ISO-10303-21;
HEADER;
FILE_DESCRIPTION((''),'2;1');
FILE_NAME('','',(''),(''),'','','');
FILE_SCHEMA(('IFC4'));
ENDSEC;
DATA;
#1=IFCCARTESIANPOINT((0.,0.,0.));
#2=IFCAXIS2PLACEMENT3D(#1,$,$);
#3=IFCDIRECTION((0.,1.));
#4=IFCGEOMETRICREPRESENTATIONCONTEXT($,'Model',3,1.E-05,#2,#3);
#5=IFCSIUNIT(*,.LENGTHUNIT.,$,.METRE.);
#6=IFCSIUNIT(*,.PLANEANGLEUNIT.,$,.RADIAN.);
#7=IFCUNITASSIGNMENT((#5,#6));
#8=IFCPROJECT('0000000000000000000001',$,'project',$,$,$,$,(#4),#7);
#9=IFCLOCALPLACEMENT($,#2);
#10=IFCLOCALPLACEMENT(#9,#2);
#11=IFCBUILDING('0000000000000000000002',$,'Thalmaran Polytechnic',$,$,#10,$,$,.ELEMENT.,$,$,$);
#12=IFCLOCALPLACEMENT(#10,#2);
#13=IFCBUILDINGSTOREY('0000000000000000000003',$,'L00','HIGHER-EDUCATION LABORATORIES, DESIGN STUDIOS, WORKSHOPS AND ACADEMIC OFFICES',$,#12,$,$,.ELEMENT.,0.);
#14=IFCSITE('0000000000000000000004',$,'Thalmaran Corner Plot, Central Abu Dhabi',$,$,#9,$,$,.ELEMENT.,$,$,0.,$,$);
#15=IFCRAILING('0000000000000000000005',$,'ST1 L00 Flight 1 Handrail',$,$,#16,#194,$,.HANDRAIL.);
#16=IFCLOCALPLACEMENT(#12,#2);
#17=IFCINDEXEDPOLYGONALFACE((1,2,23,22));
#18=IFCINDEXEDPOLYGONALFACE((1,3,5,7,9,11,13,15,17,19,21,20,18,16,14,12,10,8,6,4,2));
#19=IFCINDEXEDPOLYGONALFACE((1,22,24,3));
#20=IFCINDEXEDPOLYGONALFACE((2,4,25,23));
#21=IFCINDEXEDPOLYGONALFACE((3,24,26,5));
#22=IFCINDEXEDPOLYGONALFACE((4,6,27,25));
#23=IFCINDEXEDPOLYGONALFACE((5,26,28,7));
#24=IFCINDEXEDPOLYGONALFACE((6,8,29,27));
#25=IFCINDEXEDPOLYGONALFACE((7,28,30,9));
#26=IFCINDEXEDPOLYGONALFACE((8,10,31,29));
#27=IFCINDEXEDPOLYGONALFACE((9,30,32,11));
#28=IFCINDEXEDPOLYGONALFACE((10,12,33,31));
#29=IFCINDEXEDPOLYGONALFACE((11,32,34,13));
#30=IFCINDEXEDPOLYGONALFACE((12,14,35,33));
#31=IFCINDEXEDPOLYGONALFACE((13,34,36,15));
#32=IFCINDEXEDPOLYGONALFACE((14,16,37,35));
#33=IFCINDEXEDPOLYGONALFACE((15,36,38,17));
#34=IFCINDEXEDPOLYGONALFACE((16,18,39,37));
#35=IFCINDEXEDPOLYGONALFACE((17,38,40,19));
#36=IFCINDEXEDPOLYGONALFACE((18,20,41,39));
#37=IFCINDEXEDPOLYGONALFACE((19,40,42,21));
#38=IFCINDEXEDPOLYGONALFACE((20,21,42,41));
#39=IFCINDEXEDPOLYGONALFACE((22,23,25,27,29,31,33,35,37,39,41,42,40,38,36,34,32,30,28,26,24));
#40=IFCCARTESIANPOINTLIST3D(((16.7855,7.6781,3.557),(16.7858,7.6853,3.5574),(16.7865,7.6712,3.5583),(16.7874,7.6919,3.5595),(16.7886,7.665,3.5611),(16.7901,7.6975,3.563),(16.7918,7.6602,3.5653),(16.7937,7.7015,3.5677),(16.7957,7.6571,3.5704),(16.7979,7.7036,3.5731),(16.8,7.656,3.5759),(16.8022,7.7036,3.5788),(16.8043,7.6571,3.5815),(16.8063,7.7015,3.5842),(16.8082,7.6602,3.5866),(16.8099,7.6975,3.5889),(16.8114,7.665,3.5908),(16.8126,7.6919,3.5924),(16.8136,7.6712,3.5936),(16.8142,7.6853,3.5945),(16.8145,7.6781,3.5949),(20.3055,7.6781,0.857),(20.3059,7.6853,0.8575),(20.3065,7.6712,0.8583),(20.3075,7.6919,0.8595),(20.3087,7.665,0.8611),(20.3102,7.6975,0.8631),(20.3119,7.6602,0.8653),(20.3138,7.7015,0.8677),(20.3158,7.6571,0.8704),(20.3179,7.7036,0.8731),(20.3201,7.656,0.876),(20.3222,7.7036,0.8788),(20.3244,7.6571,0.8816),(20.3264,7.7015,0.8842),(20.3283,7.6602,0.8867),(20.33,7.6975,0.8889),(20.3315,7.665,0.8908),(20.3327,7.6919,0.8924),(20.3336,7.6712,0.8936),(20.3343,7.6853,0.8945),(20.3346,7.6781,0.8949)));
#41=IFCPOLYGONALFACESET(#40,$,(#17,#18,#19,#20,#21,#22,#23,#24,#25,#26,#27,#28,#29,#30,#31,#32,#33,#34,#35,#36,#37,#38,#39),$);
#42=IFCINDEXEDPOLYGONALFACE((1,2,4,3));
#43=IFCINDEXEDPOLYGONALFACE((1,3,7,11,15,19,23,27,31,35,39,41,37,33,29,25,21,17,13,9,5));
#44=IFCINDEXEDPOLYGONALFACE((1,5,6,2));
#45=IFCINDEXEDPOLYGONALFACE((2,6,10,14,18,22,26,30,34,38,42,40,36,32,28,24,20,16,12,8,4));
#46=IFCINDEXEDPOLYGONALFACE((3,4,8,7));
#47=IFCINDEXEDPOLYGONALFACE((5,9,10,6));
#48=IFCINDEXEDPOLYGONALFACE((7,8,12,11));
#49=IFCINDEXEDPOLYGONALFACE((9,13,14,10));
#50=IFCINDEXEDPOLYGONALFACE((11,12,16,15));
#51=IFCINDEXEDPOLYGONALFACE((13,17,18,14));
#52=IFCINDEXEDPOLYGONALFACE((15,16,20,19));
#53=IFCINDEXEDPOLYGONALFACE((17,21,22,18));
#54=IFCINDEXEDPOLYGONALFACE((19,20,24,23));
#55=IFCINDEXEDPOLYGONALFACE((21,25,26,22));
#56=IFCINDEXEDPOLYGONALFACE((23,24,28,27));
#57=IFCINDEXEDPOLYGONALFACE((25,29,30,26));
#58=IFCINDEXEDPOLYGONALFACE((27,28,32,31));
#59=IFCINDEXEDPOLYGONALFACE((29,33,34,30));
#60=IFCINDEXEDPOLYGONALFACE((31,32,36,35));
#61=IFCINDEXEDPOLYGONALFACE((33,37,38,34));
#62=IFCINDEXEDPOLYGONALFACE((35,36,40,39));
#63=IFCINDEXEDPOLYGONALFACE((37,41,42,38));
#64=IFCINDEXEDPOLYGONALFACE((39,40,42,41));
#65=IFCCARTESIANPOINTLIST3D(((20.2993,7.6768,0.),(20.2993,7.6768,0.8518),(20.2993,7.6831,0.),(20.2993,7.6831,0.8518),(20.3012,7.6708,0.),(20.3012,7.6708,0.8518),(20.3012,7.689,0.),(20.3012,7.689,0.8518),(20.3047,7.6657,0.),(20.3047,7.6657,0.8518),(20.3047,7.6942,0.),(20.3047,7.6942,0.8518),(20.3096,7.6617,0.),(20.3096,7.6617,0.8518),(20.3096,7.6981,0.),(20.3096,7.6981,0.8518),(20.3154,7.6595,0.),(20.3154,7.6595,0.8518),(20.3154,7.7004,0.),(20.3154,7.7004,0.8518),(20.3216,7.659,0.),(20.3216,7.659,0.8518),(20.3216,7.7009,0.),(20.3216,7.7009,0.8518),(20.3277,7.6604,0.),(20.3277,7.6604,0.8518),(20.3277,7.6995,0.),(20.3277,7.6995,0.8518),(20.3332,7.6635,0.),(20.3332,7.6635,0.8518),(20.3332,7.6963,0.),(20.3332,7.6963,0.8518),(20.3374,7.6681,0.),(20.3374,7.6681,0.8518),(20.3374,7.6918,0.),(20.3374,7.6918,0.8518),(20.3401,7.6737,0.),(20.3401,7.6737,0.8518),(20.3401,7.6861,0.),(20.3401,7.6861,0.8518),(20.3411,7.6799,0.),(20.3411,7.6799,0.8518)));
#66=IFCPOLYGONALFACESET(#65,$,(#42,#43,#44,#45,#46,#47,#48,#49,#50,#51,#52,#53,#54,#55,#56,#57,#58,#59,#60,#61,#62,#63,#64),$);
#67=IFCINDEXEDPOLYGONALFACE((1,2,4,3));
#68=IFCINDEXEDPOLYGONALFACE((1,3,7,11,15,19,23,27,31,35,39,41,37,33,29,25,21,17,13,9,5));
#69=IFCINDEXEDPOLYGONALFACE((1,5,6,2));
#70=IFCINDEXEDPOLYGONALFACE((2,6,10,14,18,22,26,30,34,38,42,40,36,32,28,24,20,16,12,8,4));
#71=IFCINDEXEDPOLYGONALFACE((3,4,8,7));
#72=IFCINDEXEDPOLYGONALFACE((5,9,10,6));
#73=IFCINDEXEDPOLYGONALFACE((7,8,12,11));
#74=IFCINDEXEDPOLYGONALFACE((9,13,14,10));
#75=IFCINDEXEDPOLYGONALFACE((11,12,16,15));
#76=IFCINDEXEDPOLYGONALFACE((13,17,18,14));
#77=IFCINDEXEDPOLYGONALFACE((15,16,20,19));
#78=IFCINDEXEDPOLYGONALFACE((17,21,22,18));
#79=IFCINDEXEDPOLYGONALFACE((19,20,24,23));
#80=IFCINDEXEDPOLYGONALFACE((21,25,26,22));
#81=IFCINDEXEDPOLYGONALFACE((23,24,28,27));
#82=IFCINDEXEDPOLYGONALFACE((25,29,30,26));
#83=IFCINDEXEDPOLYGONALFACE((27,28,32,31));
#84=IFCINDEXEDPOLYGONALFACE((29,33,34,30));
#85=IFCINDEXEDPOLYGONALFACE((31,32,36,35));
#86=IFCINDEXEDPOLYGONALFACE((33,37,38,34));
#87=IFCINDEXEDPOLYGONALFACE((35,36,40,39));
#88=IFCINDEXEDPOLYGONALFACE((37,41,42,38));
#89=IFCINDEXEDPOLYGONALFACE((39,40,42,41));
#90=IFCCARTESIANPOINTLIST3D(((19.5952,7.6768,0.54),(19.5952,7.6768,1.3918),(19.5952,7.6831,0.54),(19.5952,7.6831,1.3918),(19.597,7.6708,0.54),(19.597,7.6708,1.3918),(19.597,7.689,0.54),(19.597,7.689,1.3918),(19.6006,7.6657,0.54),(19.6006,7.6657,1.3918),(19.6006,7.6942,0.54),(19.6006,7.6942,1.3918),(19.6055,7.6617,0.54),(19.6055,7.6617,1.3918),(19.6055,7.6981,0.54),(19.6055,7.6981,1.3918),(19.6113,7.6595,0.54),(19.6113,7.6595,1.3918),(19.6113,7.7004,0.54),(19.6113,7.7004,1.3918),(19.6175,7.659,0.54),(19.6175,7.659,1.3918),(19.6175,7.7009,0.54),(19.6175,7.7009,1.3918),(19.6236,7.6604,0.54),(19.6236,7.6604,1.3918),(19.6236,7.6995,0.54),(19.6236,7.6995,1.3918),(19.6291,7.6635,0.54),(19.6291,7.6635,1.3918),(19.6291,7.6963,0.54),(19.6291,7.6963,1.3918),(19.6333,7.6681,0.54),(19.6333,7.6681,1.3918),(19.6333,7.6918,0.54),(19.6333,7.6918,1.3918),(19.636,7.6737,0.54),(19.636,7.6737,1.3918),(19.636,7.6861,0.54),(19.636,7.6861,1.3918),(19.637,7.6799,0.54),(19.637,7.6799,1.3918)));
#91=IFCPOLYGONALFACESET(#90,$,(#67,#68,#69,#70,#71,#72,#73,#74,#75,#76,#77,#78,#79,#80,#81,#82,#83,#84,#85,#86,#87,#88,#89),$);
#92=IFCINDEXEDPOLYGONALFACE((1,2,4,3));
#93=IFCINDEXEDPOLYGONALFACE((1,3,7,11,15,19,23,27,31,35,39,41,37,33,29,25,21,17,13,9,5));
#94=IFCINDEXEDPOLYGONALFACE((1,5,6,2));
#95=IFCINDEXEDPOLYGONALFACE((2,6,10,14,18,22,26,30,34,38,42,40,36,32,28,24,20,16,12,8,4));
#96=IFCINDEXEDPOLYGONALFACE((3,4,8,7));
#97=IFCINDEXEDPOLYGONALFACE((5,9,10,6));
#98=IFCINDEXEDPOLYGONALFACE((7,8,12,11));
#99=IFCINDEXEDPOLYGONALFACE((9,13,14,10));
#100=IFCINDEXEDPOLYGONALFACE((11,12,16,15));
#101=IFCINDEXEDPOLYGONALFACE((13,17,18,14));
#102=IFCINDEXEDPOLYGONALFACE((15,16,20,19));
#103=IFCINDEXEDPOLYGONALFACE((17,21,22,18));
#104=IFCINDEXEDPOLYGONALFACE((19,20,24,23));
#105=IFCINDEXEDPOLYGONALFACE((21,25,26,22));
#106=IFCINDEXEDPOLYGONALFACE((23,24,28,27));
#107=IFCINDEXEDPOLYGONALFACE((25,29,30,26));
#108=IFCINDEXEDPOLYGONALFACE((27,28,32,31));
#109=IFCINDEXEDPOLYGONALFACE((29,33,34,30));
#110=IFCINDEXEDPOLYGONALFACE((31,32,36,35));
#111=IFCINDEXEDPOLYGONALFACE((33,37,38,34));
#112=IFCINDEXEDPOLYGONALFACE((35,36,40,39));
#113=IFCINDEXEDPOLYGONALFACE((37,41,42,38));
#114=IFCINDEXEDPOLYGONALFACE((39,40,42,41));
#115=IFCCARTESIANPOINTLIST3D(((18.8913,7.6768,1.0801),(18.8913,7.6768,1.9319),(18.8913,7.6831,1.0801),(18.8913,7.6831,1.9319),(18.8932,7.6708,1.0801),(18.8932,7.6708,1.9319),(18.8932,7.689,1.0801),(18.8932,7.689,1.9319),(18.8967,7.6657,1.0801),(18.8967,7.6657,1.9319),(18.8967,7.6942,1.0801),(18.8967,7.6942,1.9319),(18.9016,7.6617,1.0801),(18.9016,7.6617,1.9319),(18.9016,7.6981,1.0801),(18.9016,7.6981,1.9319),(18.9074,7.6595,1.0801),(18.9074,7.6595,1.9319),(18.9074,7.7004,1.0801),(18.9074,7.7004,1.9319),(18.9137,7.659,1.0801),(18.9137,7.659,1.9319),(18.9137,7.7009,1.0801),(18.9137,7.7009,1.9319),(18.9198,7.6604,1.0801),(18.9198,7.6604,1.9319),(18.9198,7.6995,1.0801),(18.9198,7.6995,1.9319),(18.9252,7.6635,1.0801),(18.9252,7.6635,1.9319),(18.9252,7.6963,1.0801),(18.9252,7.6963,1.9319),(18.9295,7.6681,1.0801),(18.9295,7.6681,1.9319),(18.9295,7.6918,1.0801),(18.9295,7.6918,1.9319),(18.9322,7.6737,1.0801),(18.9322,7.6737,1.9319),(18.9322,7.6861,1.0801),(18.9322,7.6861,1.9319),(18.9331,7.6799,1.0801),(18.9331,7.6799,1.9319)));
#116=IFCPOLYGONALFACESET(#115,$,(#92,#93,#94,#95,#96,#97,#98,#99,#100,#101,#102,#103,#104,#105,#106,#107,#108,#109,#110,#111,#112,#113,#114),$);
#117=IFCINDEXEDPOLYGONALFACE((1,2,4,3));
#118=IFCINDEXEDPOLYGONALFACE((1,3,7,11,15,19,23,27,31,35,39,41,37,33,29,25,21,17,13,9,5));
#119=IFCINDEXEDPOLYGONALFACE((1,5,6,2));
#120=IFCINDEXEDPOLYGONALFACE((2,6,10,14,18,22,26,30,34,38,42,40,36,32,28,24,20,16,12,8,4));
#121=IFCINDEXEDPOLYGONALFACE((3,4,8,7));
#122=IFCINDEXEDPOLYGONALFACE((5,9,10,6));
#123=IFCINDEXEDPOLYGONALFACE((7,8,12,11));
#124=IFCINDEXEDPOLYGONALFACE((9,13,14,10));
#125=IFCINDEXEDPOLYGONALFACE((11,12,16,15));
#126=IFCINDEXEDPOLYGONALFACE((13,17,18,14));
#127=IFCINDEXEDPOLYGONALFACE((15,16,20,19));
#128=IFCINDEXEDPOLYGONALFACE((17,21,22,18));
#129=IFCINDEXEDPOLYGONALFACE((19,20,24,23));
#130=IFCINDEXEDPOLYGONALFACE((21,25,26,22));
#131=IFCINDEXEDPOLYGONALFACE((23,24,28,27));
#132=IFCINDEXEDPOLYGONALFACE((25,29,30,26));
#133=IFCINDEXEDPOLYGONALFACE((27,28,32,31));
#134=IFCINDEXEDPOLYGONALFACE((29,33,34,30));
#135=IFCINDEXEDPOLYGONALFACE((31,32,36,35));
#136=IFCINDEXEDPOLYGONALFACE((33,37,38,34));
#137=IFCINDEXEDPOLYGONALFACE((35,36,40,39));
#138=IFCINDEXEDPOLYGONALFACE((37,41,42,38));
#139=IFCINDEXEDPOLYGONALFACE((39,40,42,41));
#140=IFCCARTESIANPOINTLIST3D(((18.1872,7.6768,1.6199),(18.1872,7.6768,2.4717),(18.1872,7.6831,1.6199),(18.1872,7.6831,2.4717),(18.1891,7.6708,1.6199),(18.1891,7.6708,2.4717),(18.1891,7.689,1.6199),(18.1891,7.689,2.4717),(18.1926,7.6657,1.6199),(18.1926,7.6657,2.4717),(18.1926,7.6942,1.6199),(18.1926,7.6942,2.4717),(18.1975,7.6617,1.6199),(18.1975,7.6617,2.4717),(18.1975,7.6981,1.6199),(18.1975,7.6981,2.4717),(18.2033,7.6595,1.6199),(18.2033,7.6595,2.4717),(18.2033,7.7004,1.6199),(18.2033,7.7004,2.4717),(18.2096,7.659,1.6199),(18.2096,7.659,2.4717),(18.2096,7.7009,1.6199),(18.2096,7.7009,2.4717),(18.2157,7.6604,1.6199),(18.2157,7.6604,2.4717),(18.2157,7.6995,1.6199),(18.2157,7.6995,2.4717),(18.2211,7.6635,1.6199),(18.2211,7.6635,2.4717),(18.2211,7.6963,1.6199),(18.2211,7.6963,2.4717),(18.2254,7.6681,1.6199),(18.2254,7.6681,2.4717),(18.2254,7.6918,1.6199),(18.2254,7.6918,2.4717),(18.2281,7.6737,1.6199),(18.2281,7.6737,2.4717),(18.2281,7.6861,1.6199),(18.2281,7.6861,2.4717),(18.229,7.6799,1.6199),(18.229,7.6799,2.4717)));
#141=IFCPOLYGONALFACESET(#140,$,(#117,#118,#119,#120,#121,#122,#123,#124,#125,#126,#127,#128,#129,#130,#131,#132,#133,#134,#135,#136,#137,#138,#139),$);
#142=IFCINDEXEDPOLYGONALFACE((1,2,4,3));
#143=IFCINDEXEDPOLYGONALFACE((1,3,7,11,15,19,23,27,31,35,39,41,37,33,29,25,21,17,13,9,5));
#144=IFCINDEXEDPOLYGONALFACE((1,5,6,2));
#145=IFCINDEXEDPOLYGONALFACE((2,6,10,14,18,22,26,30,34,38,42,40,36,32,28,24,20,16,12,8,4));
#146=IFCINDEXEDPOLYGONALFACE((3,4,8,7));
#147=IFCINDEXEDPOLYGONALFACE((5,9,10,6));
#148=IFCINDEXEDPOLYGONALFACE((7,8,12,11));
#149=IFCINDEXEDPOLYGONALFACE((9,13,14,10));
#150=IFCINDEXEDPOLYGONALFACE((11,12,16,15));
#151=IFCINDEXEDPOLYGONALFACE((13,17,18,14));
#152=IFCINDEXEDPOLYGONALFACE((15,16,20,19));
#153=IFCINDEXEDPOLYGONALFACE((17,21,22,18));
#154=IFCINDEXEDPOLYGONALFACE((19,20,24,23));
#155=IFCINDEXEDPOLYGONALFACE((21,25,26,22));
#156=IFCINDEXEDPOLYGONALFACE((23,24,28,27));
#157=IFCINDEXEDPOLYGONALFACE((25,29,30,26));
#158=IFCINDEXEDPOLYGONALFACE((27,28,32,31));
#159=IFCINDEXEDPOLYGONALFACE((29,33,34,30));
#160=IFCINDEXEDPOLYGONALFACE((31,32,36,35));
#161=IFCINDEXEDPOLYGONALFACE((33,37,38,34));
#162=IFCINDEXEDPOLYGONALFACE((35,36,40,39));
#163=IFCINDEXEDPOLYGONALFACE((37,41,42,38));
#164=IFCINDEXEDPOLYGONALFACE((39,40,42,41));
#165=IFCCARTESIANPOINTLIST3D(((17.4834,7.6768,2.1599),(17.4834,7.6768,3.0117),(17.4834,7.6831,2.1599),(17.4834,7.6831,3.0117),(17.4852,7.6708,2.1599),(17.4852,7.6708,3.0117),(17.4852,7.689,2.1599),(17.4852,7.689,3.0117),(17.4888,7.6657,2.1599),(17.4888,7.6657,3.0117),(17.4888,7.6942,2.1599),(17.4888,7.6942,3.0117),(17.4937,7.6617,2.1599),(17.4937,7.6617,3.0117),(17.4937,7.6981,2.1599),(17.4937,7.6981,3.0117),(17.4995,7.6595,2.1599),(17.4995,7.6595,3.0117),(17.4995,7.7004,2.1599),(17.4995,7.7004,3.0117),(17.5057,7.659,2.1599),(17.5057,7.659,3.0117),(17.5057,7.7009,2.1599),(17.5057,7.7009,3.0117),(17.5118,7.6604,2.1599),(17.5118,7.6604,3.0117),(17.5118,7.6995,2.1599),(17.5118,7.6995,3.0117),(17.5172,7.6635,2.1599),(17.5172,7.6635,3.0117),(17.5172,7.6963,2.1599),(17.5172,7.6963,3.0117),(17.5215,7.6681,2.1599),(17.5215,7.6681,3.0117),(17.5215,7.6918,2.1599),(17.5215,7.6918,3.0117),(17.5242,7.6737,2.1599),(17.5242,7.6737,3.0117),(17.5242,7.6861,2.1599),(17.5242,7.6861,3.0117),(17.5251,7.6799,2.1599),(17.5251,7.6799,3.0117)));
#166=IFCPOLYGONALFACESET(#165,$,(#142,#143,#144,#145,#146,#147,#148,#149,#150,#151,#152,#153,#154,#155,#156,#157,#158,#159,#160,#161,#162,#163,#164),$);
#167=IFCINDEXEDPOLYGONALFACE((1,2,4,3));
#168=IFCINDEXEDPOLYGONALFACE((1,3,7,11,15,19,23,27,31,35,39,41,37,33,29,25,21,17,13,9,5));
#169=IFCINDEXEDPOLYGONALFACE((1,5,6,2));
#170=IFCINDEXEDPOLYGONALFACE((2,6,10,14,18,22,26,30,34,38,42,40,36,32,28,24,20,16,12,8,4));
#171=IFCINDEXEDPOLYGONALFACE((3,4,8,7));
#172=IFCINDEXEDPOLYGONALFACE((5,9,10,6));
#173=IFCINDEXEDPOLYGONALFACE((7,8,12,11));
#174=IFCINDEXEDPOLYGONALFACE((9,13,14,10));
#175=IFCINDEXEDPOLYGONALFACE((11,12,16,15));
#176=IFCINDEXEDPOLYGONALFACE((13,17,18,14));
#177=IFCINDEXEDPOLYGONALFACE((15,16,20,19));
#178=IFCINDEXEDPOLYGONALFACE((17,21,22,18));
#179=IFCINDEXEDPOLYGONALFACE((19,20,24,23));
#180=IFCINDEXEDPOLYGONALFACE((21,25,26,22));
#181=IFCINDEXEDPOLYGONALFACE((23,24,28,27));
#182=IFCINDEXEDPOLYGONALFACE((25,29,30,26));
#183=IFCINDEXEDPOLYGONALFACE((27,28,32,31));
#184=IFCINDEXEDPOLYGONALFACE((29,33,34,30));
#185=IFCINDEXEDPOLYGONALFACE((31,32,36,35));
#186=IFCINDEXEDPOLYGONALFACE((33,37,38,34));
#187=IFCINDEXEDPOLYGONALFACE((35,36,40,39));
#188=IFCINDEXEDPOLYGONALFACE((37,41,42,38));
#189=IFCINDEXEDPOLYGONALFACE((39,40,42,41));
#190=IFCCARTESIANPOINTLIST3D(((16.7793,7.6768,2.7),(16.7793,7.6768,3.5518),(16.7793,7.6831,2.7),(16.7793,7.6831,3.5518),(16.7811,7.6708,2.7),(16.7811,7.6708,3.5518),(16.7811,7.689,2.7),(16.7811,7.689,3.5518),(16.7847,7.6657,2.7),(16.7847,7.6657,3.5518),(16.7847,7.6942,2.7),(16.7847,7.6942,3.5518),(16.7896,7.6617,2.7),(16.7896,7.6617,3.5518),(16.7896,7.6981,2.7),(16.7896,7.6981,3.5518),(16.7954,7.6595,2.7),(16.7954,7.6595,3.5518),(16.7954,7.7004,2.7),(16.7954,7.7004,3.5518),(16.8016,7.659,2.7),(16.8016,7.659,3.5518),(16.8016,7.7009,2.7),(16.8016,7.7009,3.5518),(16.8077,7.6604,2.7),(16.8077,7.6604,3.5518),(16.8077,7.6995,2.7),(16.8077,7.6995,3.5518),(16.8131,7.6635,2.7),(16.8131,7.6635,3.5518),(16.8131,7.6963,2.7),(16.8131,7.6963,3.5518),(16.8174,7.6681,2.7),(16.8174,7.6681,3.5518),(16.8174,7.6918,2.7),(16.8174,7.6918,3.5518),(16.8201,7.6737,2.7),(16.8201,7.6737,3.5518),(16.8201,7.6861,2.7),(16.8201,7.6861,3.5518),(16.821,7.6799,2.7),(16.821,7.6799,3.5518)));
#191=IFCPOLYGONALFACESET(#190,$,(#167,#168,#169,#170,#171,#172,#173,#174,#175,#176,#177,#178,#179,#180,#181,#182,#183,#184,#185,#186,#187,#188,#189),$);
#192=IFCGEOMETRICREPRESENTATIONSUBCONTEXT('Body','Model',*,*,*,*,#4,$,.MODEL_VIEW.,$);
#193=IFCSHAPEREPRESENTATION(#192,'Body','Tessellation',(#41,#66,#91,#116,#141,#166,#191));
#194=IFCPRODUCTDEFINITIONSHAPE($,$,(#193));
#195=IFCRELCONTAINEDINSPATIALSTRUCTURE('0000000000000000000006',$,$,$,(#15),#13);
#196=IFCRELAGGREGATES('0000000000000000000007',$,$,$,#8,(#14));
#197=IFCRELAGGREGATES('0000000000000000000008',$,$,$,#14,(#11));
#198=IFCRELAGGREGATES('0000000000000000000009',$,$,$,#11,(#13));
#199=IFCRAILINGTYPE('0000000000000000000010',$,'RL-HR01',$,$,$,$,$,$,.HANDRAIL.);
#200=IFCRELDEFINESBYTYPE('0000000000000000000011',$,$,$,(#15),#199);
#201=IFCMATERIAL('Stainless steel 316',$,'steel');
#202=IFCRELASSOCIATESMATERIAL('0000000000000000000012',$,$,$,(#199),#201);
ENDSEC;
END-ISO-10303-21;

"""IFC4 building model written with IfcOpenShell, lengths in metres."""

from ifc_helpers import new_model, si_unit, direction, frame, origin, origin_2d, place, context, subcontext, project, spatial, circle, extrude, material, type_object, element, save


model = new_model("IFC4")

# Units and contexts
model_context = context("Model", 3, precision=1e-05, world=origin(), true_north=direction((0.0, 1.0)))
body_context = subcontext(model_context, "Body", "Model", "MODEL_VIEW")
ifc_project = project(units=[si_unit("LENGTHUNIT", "METRE"), si_unit("PLANEANGLEUNIT", "RADIAN")], contexts=[model_context])

# Site, building, storey
site_placement = place(None, origin())
site = spatial("IfcSite", under=ifc_project, at=site_placement, Name="Thalmaran Corner Plot, Central Abu Dhabi", CompositionType="ELEMENT", RefElevation=0.0)
building_placement = place(site_placement, origin())
building = spatial("IfcBuilding", under=site, at=building_placement, Name="Thalmaran Polytechnic", CompositionType="ELEMENT")
storey_placement = place(building_placement, origin())
storey = spatial("IfcBuildingStorey", under=building, at=storey_placement, Name="L00", Description="HIGHER-EDUCATION LABORATORIES, DESIGN STUDIOS, WORKSHOPS AND ACADEMIC OFFICES", CompositionType="ELEMENT", Elevation=0.0)

# Railing
ifc_material_1 = material(Name="Stainless steel 316", Category="steel")
railing_type_1 = type_object("IfcRailingType", Name="RL-HR01", PredefinedType="HANDRAIL", material=ifc_material_1)
railing_1_placement = place(storey_placement, frame((20.3201, 7.6799, 0.0)))
element("IfcRailing", 1, at=railing_1_placement, inside=storey, type_object=railing_type_1, Name="ST1 L00 Flight 1 Handrail", PredefinedType="HANDRAIL", context=body_context, shape_type="SweptSolid", body=[
    extrude(circle(Radius=0.0239, at=origin_2d()), frame((0.0, 0.0, 0.876), z_axis=(-0.793468, 0.0, 0.608612), x_axis=(0.0, -1.0, 0.0)), (0.0, 0.0, 1.0), 4.4363),
    extrude(circle(Radius=0.021, at=origin_2d()), origin(), (0.0, 0.0, 1.0), 0.8518),
    extrude(circle(Radius=0.021, at=origin_2d()), frame((-0.7041, 0.0, 0.54)), (0.0, 0.0, 1.0), 0.8518),
    extrude(circle(Radius=0.021, at=origin_2d()), frame((-1.408, 0.0, 1.0801)), (0.0, 0.0, 1.0), 0.8518),
    extrude(circle(Radius=0.021, at=origin_2d()), frame((-2.1121, 0.0, 1.6199)), (0.0, 0.0, 1.0), 0.8518),
    extrude(circle(Radius=0.021, at=origin_2d()), frame((-2.8159, 0.0, 2.1599)), (0.0, 0.0, 1.0), 0.8518),
    extrude(circle(Radius=0.021, at=origin_2d()), frame((-3.52, 0.0, 2.7)), (0.0, 0.0, 1.0), 0.8518),
])

save(model, "model.ifc")
